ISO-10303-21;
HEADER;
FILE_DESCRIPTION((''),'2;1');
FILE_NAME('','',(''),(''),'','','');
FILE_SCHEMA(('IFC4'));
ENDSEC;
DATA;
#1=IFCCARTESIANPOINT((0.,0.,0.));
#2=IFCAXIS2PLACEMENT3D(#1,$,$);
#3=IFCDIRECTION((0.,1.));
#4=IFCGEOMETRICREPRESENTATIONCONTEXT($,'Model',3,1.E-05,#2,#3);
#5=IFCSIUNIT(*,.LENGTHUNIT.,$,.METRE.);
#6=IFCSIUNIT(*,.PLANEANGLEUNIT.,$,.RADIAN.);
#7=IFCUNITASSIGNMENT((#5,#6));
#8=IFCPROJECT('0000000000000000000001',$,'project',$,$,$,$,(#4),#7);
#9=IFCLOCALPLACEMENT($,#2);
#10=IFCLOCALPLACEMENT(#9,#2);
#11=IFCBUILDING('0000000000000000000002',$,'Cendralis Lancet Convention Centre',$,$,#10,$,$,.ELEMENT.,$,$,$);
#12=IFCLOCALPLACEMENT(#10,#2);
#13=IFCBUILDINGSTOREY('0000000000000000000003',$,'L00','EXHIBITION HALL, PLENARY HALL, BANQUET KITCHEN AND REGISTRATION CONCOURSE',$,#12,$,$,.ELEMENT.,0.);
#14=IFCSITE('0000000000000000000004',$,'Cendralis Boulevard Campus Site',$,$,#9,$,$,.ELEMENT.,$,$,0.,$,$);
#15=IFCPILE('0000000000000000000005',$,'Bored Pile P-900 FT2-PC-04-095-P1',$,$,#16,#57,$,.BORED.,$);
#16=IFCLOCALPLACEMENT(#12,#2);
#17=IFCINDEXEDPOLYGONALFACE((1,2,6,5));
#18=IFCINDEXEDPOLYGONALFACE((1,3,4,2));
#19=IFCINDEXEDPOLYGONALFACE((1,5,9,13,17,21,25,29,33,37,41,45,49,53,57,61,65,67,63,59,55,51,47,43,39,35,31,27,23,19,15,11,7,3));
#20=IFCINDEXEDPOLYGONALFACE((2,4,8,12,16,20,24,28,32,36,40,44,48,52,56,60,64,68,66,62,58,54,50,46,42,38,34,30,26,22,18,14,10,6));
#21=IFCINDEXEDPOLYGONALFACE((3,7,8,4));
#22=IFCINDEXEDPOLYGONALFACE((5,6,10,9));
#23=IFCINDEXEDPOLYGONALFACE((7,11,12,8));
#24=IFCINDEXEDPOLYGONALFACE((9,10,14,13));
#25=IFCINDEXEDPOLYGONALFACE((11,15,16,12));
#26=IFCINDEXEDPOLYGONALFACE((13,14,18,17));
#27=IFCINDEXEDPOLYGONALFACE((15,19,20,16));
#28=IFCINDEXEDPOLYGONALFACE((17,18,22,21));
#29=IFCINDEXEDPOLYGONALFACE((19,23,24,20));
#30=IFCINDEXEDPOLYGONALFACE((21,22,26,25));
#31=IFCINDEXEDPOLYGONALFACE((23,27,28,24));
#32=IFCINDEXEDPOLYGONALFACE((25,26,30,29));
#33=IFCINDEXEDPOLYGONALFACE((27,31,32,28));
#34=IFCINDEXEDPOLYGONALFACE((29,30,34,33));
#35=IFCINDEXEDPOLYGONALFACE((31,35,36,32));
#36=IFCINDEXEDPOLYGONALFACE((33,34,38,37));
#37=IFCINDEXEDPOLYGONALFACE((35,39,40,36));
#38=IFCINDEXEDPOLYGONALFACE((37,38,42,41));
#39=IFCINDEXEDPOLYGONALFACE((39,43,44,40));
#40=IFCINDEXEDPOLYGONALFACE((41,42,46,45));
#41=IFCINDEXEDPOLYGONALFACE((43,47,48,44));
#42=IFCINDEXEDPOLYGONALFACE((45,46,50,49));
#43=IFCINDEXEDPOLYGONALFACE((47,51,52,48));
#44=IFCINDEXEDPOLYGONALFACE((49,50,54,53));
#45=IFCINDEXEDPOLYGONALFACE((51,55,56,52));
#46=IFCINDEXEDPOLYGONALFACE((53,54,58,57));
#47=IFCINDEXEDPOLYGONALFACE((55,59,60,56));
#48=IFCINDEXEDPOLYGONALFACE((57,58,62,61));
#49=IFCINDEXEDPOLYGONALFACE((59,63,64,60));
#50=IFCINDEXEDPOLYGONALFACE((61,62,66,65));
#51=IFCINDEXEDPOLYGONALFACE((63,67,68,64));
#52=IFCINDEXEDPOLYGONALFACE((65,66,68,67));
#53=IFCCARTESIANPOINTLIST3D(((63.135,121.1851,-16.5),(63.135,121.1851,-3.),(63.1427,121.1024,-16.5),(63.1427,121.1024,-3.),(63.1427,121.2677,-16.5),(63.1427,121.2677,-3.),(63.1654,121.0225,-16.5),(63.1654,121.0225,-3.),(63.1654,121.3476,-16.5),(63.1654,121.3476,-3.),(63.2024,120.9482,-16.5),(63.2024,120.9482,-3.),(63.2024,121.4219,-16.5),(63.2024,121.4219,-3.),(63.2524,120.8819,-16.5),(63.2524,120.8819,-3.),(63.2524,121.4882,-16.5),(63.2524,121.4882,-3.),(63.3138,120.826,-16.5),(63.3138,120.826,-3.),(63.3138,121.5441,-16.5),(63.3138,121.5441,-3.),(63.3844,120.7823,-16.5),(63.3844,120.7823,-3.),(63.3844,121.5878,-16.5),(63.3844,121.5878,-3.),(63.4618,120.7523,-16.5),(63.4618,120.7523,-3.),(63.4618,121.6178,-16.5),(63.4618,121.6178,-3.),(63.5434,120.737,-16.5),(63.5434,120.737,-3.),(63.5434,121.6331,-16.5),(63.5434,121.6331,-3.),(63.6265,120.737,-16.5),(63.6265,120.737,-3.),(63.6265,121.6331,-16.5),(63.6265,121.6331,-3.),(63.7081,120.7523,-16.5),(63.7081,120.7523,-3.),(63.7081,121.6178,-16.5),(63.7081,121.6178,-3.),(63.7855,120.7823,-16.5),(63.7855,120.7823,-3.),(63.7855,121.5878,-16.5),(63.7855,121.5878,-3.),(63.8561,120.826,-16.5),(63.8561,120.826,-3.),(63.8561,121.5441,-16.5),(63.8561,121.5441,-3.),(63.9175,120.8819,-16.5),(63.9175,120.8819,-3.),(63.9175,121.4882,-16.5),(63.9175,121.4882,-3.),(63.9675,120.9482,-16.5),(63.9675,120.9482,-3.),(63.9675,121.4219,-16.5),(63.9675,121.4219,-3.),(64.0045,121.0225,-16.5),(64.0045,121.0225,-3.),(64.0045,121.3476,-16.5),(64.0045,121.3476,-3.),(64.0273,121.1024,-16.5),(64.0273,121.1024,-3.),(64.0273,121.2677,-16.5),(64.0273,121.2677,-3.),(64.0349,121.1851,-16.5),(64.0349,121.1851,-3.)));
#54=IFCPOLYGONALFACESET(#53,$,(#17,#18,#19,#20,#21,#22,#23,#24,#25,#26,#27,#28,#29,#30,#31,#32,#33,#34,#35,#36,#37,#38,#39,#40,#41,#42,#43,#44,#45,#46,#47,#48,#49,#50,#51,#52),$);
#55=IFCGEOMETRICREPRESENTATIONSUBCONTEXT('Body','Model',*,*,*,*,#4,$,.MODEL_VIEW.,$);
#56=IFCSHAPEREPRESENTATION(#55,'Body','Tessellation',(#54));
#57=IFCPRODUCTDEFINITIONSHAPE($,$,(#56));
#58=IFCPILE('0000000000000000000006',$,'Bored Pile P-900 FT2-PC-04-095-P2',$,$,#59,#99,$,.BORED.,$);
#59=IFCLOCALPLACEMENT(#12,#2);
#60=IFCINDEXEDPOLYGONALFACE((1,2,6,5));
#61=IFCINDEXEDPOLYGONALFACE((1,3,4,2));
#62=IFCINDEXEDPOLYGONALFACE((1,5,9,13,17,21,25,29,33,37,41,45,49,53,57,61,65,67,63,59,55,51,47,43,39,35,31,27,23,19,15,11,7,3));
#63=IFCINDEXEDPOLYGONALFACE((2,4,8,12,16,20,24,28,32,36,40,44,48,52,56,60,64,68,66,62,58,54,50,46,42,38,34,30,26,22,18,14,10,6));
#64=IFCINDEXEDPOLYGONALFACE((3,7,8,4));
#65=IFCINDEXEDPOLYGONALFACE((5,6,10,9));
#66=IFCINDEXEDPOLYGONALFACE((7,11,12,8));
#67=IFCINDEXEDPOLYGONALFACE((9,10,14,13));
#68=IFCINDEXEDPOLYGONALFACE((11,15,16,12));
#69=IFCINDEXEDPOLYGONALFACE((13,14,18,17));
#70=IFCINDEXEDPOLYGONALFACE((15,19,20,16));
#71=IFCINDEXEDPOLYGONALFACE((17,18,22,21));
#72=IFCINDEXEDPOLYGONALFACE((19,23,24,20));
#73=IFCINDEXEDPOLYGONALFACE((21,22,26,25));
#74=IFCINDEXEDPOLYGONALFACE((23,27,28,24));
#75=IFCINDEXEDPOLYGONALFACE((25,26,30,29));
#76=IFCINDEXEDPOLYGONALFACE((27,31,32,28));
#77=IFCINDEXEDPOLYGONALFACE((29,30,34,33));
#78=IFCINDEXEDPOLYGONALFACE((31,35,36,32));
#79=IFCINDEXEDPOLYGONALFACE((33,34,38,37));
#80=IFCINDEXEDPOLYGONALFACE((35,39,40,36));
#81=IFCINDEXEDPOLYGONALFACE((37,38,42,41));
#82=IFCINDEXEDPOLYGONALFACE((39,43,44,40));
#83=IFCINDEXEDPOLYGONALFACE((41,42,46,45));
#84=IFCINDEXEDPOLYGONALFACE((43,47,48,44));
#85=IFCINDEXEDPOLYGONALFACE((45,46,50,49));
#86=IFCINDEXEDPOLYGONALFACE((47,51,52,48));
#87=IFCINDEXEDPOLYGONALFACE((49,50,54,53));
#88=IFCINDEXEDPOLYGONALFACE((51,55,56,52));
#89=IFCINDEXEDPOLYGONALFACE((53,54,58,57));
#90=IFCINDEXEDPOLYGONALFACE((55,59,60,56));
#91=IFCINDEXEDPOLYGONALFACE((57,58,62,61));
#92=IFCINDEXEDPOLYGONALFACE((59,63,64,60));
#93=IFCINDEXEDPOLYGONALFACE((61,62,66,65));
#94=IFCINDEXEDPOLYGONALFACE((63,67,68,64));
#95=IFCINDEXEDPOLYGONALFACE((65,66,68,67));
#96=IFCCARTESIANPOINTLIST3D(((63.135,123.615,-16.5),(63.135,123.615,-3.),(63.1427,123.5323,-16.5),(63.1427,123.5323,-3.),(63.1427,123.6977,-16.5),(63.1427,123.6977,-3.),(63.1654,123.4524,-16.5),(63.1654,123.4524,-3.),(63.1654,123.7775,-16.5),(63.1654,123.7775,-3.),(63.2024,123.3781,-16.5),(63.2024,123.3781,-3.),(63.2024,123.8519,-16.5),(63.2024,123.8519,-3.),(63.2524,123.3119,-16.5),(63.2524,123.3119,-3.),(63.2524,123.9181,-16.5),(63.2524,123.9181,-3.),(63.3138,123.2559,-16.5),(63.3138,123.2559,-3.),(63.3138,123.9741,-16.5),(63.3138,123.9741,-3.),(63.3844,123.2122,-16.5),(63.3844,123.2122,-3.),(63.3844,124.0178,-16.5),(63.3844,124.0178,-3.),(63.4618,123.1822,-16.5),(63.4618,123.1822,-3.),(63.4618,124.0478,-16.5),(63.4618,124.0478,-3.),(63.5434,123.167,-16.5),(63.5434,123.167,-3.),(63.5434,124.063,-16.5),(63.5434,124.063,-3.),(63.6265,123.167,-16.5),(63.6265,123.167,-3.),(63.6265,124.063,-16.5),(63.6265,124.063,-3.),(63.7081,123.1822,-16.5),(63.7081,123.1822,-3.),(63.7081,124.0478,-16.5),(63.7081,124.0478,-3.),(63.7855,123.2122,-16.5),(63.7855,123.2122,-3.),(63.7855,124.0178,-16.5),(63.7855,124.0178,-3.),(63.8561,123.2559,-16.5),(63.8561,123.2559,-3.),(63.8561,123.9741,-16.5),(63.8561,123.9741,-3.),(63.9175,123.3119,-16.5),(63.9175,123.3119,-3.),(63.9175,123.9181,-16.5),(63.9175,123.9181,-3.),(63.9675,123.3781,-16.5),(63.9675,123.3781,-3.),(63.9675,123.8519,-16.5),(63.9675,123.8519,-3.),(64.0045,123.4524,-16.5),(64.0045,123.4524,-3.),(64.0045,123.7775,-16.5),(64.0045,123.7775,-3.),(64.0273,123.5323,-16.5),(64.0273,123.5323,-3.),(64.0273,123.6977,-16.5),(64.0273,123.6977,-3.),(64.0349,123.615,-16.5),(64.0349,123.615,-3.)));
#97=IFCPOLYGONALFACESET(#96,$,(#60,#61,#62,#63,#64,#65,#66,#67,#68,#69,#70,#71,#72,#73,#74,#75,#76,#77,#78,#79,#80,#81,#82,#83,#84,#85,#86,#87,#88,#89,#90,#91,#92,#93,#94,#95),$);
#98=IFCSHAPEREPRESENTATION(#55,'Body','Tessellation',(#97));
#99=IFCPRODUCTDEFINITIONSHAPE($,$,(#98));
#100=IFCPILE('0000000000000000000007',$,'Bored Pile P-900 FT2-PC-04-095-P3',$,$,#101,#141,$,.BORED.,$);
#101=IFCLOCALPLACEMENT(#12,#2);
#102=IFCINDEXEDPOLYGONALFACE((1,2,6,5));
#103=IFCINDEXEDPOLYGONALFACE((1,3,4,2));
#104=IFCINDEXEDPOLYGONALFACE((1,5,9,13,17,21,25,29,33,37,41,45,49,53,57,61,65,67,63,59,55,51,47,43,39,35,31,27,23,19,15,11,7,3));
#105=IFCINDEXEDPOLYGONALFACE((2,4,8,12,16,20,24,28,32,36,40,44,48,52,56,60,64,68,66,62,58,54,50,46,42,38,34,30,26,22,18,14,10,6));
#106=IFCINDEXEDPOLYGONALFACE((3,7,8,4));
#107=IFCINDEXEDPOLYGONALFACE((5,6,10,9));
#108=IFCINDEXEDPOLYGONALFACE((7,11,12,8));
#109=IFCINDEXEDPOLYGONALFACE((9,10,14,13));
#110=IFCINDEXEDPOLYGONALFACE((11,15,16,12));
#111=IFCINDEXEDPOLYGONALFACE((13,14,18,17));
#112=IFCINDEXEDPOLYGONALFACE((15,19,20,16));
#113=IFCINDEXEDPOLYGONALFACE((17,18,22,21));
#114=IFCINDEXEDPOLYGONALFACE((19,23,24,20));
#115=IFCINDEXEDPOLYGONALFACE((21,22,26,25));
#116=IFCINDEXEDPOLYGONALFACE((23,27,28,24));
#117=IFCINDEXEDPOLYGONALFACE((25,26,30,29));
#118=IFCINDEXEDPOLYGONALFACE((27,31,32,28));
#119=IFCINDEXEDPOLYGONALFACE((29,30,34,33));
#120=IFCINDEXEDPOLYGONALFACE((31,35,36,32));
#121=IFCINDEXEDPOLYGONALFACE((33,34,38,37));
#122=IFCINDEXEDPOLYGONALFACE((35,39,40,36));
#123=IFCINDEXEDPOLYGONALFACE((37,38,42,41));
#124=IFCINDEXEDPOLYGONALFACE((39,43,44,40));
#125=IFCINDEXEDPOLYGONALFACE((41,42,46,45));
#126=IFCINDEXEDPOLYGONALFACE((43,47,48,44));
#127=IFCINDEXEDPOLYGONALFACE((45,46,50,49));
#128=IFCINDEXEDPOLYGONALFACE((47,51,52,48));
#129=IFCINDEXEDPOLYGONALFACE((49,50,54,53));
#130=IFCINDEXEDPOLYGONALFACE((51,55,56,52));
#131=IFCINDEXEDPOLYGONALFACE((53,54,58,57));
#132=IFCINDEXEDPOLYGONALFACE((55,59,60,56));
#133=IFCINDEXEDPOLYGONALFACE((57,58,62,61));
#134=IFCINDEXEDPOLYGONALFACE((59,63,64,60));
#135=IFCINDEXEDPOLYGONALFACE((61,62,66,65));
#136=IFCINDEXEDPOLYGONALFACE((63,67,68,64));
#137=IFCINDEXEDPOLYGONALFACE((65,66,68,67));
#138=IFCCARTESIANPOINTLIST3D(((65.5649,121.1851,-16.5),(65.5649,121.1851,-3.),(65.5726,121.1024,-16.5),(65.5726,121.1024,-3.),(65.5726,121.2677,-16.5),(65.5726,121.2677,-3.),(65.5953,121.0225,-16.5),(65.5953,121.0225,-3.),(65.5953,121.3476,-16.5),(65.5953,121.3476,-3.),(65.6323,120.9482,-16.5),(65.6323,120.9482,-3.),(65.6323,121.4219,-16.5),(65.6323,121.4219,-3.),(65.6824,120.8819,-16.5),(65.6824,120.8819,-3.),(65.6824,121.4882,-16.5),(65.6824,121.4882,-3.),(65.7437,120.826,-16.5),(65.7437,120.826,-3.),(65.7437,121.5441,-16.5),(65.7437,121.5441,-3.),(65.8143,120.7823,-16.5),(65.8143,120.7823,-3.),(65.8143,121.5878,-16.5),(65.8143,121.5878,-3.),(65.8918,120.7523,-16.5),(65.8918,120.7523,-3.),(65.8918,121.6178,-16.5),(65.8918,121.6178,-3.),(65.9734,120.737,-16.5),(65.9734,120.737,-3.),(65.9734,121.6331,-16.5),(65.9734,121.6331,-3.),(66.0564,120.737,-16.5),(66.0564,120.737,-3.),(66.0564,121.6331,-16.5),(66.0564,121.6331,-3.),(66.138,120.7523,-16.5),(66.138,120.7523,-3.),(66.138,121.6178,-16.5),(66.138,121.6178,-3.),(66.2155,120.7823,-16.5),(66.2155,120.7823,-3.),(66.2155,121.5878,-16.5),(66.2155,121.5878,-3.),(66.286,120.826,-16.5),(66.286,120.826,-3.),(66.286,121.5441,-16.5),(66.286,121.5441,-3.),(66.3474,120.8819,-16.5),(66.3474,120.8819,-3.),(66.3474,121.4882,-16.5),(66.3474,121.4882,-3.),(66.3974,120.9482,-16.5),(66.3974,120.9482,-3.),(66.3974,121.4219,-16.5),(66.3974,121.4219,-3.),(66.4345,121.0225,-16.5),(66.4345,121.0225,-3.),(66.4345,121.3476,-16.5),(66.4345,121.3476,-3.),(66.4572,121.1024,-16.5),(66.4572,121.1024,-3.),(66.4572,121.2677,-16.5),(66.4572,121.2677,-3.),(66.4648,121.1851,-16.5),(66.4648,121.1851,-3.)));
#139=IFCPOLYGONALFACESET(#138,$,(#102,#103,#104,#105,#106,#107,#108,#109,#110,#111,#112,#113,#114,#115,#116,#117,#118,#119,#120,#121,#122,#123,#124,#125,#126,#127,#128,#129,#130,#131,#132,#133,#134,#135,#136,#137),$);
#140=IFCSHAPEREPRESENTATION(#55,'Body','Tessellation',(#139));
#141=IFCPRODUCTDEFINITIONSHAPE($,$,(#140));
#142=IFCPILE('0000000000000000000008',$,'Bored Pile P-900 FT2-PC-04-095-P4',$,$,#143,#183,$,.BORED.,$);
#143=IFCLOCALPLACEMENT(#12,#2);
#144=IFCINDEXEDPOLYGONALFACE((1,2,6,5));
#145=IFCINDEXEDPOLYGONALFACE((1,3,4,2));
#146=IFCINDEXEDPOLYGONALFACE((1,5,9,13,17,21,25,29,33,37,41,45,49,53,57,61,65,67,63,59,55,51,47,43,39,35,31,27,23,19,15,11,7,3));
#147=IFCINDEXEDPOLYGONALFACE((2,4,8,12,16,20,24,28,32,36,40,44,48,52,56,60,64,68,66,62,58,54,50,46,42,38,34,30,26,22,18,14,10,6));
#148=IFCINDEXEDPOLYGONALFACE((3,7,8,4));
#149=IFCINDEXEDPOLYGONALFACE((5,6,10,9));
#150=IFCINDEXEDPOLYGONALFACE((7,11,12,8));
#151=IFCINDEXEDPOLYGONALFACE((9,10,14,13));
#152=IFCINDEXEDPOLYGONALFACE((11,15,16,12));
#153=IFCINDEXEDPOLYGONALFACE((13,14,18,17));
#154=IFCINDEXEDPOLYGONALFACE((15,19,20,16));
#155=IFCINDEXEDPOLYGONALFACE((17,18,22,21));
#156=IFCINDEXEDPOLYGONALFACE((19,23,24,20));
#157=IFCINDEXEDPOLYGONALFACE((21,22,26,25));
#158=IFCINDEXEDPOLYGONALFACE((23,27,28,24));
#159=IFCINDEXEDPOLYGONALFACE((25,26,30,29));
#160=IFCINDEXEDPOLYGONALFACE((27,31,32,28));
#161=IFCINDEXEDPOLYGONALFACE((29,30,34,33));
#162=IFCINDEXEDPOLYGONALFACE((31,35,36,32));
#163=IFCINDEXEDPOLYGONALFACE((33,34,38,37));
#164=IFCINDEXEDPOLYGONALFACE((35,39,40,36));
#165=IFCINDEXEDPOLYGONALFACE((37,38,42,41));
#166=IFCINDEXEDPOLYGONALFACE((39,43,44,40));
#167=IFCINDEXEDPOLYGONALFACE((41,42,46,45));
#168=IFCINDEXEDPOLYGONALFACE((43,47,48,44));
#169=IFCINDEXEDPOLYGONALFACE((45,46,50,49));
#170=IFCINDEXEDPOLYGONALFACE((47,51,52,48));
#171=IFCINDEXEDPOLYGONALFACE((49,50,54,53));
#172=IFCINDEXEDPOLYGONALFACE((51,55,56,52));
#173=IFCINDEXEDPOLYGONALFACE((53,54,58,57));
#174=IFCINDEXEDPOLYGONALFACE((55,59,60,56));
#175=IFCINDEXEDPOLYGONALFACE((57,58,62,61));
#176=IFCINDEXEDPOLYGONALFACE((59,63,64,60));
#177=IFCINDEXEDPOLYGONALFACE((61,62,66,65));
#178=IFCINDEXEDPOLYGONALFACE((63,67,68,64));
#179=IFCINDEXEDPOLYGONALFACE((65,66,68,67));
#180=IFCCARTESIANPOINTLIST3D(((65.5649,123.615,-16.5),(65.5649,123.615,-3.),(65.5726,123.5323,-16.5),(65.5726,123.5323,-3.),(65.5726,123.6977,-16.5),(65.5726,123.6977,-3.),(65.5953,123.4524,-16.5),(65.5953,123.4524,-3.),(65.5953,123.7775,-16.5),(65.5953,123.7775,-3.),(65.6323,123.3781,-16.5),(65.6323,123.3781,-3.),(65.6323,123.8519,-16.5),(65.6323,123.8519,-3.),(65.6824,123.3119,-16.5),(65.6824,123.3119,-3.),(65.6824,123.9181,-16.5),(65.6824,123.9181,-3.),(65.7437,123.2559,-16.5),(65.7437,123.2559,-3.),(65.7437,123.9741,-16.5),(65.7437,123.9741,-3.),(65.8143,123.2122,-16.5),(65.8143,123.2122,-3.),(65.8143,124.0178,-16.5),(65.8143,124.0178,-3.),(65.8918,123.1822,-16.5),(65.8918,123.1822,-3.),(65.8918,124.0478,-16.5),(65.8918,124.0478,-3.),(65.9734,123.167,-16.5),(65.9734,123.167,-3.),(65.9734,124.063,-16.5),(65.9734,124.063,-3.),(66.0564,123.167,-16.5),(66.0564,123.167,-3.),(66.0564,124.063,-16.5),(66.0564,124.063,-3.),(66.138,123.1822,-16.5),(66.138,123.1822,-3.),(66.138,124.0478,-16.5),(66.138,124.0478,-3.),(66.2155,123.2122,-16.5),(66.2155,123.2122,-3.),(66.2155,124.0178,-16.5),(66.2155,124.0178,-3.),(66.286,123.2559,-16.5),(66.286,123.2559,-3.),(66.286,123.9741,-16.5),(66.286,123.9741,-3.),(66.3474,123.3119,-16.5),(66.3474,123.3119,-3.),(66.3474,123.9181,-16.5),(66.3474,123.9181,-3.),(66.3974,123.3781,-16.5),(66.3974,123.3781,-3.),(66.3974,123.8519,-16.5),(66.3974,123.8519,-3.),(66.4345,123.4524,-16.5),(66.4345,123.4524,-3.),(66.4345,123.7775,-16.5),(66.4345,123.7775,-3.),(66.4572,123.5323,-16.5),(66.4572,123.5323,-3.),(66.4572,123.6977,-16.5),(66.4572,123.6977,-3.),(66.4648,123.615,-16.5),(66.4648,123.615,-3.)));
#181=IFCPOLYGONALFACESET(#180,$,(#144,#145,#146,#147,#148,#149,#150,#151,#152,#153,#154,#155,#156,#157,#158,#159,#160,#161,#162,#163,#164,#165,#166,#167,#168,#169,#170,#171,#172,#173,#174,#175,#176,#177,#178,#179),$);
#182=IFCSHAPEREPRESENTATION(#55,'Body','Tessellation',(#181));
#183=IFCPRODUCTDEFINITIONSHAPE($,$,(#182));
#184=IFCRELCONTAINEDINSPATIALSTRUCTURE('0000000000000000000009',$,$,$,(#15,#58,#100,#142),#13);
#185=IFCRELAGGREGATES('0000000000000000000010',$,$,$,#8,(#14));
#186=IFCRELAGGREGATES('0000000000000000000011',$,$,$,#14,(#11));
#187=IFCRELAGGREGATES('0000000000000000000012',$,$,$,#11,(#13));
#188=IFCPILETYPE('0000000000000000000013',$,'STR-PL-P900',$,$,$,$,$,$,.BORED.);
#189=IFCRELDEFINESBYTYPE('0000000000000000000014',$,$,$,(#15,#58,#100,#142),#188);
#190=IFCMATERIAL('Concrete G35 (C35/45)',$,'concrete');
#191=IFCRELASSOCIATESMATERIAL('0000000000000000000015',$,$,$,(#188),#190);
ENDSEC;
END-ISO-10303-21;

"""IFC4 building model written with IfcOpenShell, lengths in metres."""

from ifc_helpers import new_model, si_unit, direction, frame, origin, origin_2d, place, context, subcontext, project, spatial, circle, extrude, material, material_profile, profile_set, type_object, element, save


model = new_model("IFC4")

# Units and contexts
model_context = context("Model", 3, precision=1e-05, world=origin(), true_north=direction((0.0, 1.0)))
body_context = subcontext(model_context, "Body", "Model", "MODEL_VIEW")
ifc_project = project(units=[si_unit("LENGTHUNIT", "METRE"), si_unit("PLANEANGLEUNIT", "RADIAN")], contexts=[model_context])

# Site, building, storey
site_placement = place(None, origin())
site = spatial("IfcSite", under=ifc_project, at=site_placement, Name="Cendralis Boulevard Campus Site", CompositionType="ELEMENT", RefElevation=0.0)
building_placement = place(site_placement, origin())
building = spatial("IfcBuilding", under=site, at=building_placement, Name="Cendralis Lancet Convention Centre", CompositionType="ELEMENT")
storey_placement = place(building_placement, origin())
storey = spatial("IfcBuildingStorey", under=building, at=storey_placement, Name="L00", Description="EXHIBITION HALL, PLENARY HALL, BANQUET KITCHEN AND REGISTRATION CONCOURSE", CompositionType="ELEMENT", Elevation=0.0)

# Shared definitions
ifc_material_1 = material(Name="Concrete G35 (C35/45)", Category="concrete")

# Piles
ifc_material_profile_1 = material_profile(ifc_material_1, circle(Radius=0.45, at=origin_2d()), Name="BORED PILE D900")
ifc_profile_set_1 = profile_set([ifc_material_profile_1], Name="Concrete G35 (C35/45)")
pile_type = type_object("IfcPileType", Name="STR-PL-P900", PredefinedType="BORED", material=ifc_profile_set_1)
for number, where, z_axis, x_axis, name in (
    (1, (63.585, 121.1851, -3.0), (0.0, 0.0, -1.0), (1.0, 0.0, 0.0), "Bored Pile P-900 FT2-PC-04-095-P1"),
    (2, (63.585, 123.615, -3.0), (0.0, 0.0, -1.0), (1.0, 0.0, 0.0), "Bored Pile P-900 FT2-PC-04-095-P2"),
    (3, (66.0149, 121.1851, -3.0), (0.0, 0.0, -1.0), (1.0, 0.0, 0.0), "Bored Pile P-900 FT2-PC-04-095-P3"),
    (4, (66.0149, 123.615, -3.0), (0.0, 0.0, -1.0), (1.0, 0.0, 0.0), "Bored Pile P-900 FT2-PC-04-095-P4"),
):
    element("IfcPile", number, at=place(storey_placement, frame(where, z_axis=z_axis, x_axis=x_axis)), inside=storey, type_object=pile_type, Name=name, PredefinedType="BORED", context=body_context, shape_type="SweptSolid", body=[
        extrude(circle(Radius=0.45, at=origin_2d()), origin(), (0.0, 0.0, 1.0), 13.5),
    ])

save(model, "model.ifc")
